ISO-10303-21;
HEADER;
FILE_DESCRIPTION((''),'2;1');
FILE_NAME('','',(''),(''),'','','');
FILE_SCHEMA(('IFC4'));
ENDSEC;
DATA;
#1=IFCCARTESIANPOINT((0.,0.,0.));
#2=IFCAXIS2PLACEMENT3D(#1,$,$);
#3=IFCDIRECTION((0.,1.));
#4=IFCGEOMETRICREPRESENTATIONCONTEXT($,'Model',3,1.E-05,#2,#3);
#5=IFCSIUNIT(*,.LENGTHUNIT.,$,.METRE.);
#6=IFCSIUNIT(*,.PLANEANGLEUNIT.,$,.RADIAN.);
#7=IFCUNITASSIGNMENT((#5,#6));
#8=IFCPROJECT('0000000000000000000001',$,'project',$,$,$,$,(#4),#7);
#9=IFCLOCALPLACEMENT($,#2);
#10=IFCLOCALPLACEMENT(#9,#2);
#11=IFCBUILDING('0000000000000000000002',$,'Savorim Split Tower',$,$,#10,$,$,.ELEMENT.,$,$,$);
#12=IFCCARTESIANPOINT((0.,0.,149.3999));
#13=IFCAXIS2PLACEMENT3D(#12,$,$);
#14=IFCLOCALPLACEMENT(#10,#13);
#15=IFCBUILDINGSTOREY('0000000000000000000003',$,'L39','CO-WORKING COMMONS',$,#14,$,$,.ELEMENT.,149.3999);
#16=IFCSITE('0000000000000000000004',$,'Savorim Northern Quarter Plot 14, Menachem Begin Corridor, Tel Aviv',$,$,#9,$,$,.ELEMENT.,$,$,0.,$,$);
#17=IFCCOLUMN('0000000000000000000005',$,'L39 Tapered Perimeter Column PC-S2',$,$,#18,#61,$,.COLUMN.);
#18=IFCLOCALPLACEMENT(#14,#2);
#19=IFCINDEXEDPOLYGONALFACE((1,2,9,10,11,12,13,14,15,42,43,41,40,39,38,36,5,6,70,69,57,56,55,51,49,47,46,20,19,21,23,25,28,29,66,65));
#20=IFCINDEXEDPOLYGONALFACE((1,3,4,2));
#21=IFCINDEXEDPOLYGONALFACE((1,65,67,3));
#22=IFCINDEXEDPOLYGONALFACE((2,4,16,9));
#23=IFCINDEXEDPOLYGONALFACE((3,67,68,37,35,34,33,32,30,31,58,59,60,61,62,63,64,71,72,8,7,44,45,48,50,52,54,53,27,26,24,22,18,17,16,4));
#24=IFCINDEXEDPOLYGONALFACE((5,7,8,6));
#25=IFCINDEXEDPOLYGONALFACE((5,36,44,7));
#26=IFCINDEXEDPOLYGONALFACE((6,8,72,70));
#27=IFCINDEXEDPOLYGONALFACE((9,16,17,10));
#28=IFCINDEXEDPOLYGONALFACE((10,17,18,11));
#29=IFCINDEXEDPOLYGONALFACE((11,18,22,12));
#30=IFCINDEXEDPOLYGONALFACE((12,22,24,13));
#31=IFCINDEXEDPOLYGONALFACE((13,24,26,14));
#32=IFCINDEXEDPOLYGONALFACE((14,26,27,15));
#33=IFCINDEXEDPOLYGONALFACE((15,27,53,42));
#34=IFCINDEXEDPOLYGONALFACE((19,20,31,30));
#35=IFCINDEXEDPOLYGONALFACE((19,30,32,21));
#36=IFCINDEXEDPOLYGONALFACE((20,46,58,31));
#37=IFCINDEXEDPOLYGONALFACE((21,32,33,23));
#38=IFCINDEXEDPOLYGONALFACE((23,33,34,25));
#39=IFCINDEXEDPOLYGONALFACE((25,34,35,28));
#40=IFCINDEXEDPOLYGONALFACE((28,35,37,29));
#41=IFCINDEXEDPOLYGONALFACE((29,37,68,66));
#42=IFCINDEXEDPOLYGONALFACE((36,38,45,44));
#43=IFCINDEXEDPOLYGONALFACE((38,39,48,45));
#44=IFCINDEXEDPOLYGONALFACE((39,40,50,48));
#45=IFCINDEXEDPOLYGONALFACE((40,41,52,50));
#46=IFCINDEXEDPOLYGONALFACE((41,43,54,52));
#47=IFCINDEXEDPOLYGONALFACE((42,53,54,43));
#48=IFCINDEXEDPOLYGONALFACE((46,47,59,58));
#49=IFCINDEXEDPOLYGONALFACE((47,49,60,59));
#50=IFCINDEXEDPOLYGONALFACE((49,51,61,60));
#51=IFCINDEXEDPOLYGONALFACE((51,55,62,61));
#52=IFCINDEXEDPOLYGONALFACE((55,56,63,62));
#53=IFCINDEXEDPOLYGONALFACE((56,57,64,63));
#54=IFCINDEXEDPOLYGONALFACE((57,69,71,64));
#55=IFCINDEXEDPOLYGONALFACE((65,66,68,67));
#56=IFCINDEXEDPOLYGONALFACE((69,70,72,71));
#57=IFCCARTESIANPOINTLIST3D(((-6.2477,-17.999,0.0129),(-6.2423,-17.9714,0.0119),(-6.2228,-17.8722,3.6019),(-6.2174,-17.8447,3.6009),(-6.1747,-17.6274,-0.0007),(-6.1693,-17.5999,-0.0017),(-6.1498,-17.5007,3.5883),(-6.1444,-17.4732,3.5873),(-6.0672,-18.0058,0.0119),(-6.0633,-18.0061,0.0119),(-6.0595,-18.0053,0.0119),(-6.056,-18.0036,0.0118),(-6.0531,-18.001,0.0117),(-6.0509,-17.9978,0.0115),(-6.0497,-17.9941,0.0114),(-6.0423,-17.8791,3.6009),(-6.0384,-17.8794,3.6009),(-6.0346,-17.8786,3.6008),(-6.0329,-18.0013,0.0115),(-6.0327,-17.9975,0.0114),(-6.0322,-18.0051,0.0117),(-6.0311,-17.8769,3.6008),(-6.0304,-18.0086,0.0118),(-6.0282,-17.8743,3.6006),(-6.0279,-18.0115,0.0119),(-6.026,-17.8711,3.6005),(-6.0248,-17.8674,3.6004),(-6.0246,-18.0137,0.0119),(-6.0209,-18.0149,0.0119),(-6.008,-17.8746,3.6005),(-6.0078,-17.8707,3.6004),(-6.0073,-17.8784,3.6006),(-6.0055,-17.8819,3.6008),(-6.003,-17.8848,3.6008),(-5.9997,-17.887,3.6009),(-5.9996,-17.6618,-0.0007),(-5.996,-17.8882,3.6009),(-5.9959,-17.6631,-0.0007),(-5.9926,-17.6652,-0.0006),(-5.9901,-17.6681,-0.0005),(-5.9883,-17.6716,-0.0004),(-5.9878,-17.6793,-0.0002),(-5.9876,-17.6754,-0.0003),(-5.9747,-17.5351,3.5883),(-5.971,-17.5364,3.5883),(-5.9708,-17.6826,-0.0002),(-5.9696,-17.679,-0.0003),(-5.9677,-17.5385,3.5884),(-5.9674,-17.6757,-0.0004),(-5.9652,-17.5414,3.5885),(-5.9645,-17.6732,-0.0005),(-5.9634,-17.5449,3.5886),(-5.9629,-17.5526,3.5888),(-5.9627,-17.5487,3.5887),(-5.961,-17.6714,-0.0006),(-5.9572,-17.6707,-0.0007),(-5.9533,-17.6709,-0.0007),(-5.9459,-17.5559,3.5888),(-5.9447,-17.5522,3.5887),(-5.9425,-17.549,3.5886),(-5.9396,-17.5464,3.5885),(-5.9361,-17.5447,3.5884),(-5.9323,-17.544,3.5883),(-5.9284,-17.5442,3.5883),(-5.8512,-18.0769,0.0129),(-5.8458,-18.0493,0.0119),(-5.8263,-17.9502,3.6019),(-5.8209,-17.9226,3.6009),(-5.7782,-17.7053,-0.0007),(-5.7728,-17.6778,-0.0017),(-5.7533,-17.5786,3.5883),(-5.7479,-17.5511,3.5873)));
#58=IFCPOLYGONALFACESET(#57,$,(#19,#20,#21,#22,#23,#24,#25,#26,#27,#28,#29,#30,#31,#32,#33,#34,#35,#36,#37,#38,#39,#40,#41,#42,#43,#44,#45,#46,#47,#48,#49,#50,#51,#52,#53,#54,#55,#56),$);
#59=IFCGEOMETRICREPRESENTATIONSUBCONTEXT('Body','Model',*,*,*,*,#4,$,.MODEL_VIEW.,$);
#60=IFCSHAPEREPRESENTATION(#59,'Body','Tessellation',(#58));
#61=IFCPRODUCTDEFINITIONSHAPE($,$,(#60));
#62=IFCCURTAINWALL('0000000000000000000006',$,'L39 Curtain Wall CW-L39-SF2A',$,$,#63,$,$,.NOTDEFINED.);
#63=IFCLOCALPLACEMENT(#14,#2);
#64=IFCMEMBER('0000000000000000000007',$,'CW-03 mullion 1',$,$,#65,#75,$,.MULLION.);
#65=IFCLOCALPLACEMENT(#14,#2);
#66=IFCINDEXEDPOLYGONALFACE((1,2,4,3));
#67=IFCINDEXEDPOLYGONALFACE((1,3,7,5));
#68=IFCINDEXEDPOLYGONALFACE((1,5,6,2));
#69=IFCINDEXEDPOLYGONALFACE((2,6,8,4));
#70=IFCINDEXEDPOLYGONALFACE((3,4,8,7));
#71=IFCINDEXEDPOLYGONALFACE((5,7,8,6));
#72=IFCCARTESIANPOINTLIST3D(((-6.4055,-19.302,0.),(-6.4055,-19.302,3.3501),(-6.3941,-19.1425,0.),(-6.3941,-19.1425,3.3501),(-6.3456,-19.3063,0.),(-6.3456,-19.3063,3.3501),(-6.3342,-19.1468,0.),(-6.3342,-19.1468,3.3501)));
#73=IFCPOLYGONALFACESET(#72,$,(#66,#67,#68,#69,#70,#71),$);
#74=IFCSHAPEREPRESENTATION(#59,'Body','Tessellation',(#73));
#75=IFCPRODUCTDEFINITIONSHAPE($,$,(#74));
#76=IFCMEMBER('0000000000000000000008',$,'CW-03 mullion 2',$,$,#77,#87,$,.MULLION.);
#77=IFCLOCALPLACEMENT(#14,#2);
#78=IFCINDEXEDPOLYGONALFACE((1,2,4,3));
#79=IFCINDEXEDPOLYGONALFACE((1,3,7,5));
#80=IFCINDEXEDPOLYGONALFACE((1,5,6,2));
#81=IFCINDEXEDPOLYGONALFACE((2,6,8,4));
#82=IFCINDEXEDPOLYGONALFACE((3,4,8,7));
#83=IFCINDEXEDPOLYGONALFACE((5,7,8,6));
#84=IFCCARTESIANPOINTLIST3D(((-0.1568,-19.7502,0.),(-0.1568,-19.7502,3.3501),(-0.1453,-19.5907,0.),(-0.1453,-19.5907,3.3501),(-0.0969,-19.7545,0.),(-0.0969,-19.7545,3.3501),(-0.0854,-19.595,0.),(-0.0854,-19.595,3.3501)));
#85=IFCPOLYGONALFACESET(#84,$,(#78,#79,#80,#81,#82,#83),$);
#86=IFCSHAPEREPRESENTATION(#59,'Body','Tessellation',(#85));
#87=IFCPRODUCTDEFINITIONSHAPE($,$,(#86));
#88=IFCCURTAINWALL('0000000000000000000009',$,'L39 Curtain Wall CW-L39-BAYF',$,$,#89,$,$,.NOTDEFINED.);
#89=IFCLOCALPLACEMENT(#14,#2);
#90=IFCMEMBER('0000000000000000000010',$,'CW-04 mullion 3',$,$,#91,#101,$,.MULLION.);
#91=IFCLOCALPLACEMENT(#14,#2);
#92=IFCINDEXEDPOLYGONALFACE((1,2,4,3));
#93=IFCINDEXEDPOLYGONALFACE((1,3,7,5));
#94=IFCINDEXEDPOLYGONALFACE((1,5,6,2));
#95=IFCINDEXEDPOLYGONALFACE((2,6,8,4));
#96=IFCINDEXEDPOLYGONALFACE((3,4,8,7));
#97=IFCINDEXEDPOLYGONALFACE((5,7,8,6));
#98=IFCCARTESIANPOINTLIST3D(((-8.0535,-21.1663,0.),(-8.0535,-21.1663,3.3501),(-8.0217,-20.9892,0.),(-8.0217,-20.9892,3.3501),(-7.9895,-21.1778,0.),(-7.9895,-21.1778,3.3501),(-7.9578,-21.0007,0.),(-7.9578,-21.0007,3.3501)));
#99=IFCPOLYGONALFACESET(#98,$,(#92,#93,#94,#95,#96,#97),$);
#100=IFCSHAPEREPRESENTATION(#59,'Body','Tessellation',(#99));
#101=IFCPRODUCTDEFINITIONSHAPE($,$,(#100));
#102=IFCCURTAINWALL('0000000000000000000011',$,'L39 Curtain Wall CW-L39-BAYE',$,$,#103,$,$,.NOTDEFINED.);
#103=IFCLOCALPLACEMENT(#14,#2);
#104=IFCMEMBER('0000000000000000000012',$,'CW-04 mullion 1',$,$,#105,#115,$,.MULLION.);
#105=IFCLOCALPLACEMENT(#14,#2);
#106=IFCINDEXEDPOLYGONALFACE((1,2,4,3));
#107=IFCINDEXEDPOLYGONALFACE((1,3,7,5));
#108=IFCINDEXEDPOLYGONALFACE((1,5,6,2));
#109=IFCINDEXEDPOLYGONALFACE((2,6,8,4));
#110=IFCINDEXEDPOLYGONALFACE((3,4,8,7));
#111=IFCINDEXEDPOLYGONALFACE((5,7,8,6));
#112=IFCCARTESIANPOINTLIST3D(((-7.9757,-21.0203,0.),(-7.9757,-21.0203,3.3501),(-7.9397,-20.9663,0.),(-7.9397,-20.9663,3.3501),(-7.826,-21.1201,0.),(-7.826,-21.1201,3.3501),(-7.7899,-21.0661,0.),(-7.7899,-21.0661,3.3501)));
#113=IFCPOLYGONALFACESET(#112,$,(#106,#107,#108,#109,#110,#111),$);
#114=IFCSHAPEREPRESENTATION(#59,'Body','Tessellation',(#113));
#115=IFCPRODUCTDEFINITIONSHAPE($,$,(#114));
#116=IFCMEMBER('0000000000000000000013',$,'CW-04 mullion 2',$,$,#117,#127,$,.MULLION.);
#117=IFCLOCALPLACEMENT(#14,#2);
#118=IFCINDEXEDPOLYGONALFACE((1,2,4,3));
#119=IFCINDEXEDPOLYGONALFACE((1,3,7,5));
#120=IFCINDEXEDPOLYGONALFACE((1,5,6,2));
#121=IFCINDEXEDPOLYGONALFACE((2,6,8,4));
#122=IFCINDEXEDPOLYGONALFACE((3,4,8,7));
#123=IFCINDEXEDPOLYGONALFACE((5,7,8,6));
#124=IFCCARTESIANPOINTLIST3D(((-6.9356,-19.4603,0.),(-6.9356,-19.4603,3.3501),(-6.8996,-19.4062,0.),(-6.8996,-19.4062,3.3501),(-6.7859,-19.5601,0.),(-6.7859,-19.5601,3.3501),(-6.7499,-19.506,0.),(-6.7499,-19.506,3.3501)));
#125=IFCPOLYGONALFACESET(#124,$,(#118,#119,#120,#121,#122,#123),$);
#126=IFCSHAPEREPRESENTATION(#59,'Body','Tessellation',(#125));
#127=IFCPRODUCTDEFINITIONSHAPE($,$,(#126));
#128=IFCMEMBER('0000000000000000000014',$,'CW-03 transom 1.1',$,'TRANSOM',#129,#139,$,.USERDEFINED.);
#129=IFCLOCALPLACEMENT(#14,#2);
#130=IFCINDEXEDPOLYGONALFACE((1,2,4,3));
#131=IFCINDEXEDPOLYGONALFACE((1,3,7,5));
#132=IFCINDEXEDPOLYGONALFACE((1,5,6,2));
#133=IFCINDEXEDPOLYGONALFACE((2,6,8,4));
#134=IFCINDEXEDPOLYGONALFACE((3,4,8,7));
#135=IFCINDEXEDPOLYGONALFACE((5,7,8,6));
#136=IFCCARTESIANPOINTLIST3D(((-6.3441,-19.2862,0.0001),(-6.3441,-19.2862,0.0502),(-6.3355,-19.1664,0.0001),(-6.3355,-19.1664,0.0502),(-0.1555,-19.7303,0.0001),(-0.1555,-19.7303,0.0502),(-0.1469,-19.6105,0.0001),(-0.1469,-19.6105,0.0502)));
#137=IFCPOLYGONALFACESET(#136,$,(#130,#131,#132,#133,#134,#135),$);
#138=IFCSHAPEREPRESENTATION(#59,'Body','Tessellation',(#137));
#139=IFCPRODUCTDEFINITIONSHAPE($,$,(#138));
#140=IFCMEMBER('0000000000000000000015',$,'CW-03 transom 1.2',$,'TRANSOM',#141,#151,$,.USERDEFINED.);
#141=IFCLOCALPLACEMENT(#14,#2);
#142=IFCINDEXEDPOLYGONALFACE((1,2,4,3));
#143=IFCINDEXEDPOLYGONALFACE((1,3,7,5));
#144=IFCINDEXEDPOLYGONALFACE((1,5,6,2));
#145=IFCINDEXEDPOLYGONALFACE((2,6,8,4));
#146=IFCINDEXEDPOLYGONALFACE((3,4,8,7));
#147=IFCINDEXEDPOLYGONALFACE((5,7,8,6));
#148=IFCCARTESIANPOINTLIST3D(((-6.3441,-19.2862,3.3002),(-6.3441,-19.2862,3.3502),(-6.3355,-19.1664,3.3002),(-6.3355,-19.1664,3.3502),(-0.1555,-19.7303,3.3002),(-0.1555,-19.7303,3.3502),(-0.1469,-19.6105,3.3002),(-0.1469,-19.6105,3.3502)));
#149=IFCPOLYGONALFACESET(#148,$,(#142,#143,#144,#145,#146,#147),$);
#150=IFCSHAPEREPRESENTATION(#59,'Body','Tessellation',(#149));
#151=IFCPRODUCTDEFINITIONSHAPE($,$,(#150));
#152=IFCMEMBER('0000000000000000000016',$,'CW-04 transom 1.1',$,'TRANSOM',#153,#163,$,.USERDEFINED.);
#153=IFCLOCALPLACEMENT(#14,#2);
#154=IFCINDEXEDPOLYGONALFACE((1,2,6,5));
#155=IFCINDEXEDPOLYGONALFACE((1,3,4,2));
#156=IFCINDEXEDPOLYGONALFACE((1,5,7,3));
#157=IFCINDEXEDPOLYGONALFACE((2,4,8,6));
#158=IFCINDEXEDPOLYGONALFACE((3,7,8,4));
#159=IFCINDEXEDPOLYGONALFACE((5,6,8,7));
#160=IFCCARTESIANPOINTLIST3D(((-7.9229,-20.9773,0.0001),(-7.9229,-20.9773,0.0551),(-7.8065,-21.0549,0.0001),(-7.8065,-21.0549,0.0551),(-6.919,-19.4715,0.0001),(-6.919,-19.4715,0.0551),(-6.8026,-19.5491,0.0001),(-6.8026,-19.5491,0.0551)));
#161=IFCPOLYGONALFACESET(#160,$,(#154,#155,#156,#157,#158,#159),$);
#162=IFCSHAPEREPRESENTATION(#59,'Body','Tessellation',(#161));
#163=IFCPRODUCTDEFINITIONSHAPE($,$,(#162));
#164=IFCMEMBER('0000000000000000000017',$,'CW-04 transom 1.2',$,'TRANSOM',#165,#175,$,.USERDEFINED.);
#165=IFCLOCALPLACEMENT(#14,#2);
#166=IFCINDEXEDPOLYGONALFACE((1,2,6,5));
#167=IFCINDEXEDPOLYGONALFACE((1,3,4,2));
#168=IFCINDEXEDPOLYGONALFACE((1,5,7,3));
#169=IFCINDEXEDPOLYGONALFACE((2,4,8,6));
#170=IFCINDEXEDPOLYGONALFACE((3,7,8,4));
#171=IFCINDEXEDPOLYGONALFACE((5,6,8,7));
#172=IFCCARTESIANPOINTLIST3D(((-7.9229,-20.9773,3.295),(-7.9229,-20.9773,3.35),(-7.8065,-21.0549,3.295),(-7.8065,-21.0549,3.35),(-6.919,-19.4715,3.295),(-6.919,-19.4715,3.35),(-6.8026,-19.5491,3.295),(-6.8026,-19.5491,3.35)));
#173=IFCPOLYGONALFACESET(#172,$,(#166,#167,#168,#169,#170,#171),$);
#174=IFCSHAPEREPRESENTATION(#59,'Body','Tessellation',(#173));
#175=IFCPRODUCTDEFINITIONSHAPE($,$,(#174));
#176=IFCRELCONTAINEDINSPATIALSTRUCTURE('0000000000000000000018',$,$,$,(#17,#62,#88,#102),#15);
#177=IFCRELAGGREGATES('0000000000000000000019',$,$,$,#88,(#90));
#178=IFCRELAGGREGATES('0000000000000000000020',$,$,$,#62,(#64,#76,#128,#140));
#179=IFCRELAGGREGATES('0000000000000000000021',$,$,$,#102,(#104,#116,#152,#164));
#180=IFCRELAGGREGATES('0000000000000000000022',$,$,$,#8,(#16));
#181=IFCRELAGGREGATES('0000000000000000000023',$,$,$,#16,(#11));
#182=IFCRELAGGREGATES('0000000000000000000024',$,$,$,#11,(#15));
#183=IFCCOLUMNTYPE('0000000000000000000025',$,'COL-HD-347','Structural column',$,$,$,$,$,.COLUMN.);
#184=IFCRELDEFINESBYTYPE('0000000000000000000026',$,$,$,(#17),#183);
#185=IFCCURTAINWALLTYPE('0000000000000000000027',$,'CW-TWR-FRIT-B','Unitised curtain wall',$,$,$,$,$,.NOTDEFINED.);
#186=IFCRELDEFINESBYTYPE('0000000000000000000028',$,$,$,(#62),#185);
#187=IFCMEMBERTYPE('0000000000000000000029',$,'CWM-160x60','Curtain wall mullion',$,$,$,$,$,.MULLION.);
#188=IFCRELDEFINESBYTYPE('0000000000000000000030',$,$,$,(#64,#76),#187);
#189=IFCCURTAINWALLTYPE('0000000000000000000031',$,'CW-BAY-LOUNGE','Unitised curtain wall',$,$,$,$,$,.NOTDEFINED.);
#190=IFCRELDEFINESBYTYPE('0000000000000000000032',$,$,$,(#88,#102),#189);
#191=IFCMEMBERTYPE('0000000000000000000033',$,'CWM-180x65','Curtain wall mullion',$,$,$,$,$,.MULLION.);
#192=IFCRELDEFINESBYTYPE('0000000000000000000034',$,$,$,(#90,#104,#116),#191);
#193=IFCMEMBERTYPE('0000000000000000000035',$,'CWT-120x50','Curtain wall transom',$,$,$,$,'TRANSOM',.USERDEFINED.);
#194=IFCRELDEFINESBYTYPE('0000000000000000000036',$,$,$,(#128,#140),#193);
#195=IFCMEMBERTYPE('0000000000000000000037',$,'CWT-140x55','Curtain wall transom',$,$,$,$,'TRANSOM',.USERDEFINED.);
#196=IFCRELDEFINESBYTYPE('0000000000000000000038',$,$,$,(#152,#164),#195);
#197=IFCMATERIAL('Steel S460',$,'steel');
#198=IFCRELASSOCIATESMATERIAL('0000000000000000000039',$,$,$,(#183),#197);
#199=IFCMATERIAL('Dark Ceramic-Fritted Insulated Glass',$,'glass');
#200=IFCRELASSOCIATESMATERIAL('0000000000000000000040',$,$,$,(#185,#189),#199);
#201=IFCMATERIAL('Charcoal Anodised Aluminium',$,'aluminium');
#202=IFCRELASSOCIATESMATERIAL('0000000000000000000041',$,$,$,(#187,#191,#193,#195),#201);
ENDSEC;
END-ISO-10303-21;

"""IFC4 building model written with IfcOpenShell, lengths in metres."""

from ifc_helpers import new_model, si_unit, direction, frame, origin, origin_2d, place, context, subcontext, project, spatial, rectangle, i_section, extrude, material, material_profile, profile_set, type_object, element, aggregate, save


model = new_model("IFC4")

# Units and contexts
model_context = context("Model", 3, precision=1e-05, world=origin(), true_north=direction((0.0, 1.0)))
body_context = subcontext(model_context, "Body", "Model", "MODEL_VIEW")
ifc_project = project(units=[si_unit("LENGTHUNIT", "METRE"), si_unit("PLANEANGLEUNIT", "RADIAN")], contexts=[model_context])

# Site, building, storey
site_placement = place(None, origin())
site = spatial("IfcSite", under=ifc_project, at=site_placement, Name="Savorim Northern Quarter Plot 14, Menachem Begin Corridor, Tel Aviv", CompositionType="ELEMENT", RefElevation=0.0)
building_placement = place(site_placement, origin())
building = spatial("IfcBuilding", under=site, at=building_placement, Name="Savorim Split Tower", CompositionType="ELEMENT")
storey_placement = place(building_placement, frame((0.0, 0.0, 149.3999)))
storey = spatial("IfcBuildingStorey", under=building, at=storey_placement, Name="L39", Description="CO-WORKING COMMONS", CompositionType="ELEMENT", Elevation=149.3999)

# Column
ifc_material_1 = material(Name="Steel S460", Category="steel")
ifc_material_profile_1 = material_profile(ifc_material_1, i_section(OverallWidth=0.4041, OverallDepth=0.407, WebThickness=0.0173, FlangeThickness=0.0281, FilletRadius=0.0149, at=origin_2d()), Name="HD 400x347")
ifc_profile_set_1 = profile_set([ifc_material_profile_1], Name="Steel S460")
column_type = type_object("IfcColumnType", Name="COL-HD-347", Description="Structural column", PredefinedType="COLUMN", material=ifc_profile_set_1)
column_placement = place(storey_placement, frame((-6.0103, -17.8384, 0.0056), z_axis=(0.006934, 0.035283, 0.999353), x_axis=(-0.98123, 0.192843, 0.0)))
element("IfcColumn", 1, at=column_placement, inside=storey, type_object=column_type, Name="L39 Tapered Perimeter Column PC-S2", PredefinedType="COLUMN", context=body_context, shape_type="SweptSolid", body=[
    extrude(i_section(OverallWidth=0.4041, OverallDepth=0.407, WebThickness=0.0173, FlangeThickness=0.0281, FilletRadius=0.0149, at=origin_2d()), origin(), (0.0, 0.0, 1.0), 3.5913),
])

# Curtain wall, members
ifc_material_2 = material(Name="Dark Ceramic-Fritted Insulated Glass", Category="glass")
curtain_wall_type_1 = type_object("IfcCurtainWallType", Name="CW-TWR-FRIT-B", Description="Unitised curtain wall", PredefinedType="NOTDEFINED", material=ifc_material_2)
curtain_wall_1_placement = place(storey_placement, origin())
curtain_wall_1 = element("IfcCurtainWall", 2, at=curtain_wall_1_placement, inside=storey, type_object=curtain_wall_type_1, Name="L39 Curtain Wall CW-L39-SF2A", PredefinedType="NOTDEFINED")
ifc_material_3 = material(Name="Charcoal Anodised Aluminium", Category="aluminium")
ifc_material_profile_2 = material_profile(ifc_material_3, rectangle(XDim=0.1599, YDim=0.0601, at=origin_2d()), Name="ALU-M 160x60")
ifc_profile_set_2 = profile_set([ifc_material_profile_2], Name="Charcoal Anodised Aluminium")
member_type_1 = type_object("IfcMemberType", Name="CWM-160x60", Description="Curtain wall mullion", PredefinedType="MULLION", material=ifc_profile_set_2)
member_1_placement = place(storey_placement, frame((-6.3699, -19.2244, 0.0), z_axis=(0.0, 0.0, 1.0), x_axis=(0.071576, 0.997435, 0.0)))
member_1 = element("IfcMember", 3, at=member_1_placement, type_object=member_type_1, Name="CW-03 mullion 1", PredefinedType="MULLION", context=body_context, shape_type="SweptSolid", body=[
    extrude(rectangle(XDim=0.1599, YDim=0.0601, at=origin_2d()), origin(), (0.0, 0.0, 1.0), 3.3501),
])
member_2_placement = place(storey_placement, frame((-0.1211, -19.6726, 0.0), z_axis=(0.0, 0.0, 1.0), x_axis=(0.071576, 0.997435, 0.0)))
member_2 = element("IfcMember", 4, at=member_2_placement, type_object=member_type_1, Name="CW-03 mullion 2", PredefinedType="MULLION", context=body_context, shape_type="SweptSolid", body=[
    extrude(rectangle(XDim=0.1599, YDim=0.0601, at=origin_2d()), origin(), (0.0, 0.0, 1.0), 3.3501),
])

# Curtain wall, member
curtain_wall_type_2 = type_object("IfcCurtainWallType", Name="CW-BAY-LOUNGE", Description="Unitised curtain wall", PredefinedType="NOTDEFINED", material=ifc_material_2)
curtain_wall_2_placement = place(storey_placement, origin())
curtain_wall_2 = element("IfcCurtainWall", 5, at=curtain_wall_2_placement, inside=storey, type_object=curtain_wall_type_2, Name="L39 Curtain Wall CW-L39-BAYF", PredefinedType="NOTDEFINED")
ifc_material_profile_3 = material_profile(ifc_material_3, rectangle(XDim=0.1799, YDim=0.0649, at=origin_2d()), Name="ALU-M 180x65")
ifc_profile_set_3 = profile_set([ifc_material_profile_3], Name="Charcoal Anodised Aluminium")
member_type_2 = type_object("IfcMemberType", Name="CWM-180x65", Description="Curtain wall mullion", PredefinedType="MULLION", material=ifc_profile_set_3)
member_3_placement = place(storey_placement, frame((-8.0056, -21.0835, 0.0), z_axis=(0.0, 0.0, 1.0), x_axis=(0.176476, 0.984305, 0.0)))
member_3 = element("IfcMember", 6, at=member_3_placement, type_object=member_type_2, Name="CW-04 mullion 3", PredefinedType="MULLION", context=body_context, shape_type="SweptSolid", body=[
    extrude(rectangle(XDim=0.1799, YDim=0.0649, at=origin_2d()), origin(), (0.0, 0.0, 1.0), 3.3501),
])
aggregate(curtain_wall_2, [member_3])

# Curtain wall, members
curtain_wall_3_placement = place(storey_placement, origin())
curtain_wall_3 = element("IfcCurtainWall", 7, at=curtain_wall_3_placement, inside=storey, type_object=curtain_wall_type_2, Name="L39 Curtain Wall CW-L39-BAYE", PredefinedType="NOTDEFINED")
member_4_placement = place(storey_placement, frame((-7.8828, -21.0432, 0.0), z_axis=(0.0, 0.0, 1.0), x_axis=(-0.832042, 0.554712, 0.0)))
member_4 = element("IfcMember", 8, at=member_4_placement, type_object=member_type_2, Name="CW-04 mullion 1", PredefinedType="MULLION", context=body_context, shape_type="SweptSolid", body=[
    extrude(rectangle(XDim=0.1799, YDim=0.0649, at=origin_2d()), origin(), (0.0, 0.0, 1.0), 3.3501),
])
member_5_placement = place(storey_placement, frame((-6.8428, -19.4832, 0.0), z_axis=(0.0, 0.0, 1.0), x_axis=(-0.832042, 0.554712, 0.0)))
member_5 = element("IfcMember", 9, at=member_5_placement, type_object=member_type_2, Name="CW-04 mullion 2", PredefinedType="MULLION", context=body_context, shape_type="SweptSolid", body=[
    extrude(rectangle(XDim=0.1799, YDim=0.0649, at=origin_2d()), origin(), (0.0, 0.0, 1.0), 3.3501),
])

# Members
ifc_material_profile_4 = material_profile(ifc_material_3, rectangle(XDim=0.1201, YDim=0.05, at=origin_2d()), Name="ALU-T 120x50")
ifc_profile_set_4 = profile_set([ifc_material_profile_4], Name="Charcoal Anodised Aluminium")
member_type_3 = type_object("IfcMemberType", Name="CWT-120x50", Description="Curtain wall transom", ElementType="TRANSOM", PredefinedType="USERDEFINED", material=ifc_profile_set_4)
member_6_placement = place(storey_placement, frame((-6.3398, -19.2263, 0.0251), z_axis=(0.997435, -0.071574, 0.0), x_axis=(0.071574, 0.997435, 0.0)))
member_6 = element("IfcMember", 10, at=member_6_placement, type_object=member_type_3, Name="CW-03 transom 1.1", ObjectType="TRANSOM", PredefinedType="USERDEFINED", context=body_context, shape_type="SweptSolid", body=[
    extrude(rectangle(XDim=0.1201, YDim=0.05, at=origin_2d()), origin(), (0.0, 0.0, 1.0), 6.2046),
])
member_7_placement = place(storey_placement, frame((-6.3398, -19.2263, 3.3252), z_axis=(0.997435, -0.071574, 0.0), x_axis=(0.071574, 0.997435, 0.0)))
member_7 = element("IfcMember", 11, at=member_7_placement, type_object=member_type_3, Name="CW-03 transom 1.2", ObjectType="TRANSOM", PredefinedType="USERDEFINED", context=body_context, shape_type="SweptSolid", body=[
    extrude(rectangle(XDim=0.1201, YDim=0.05, at=origin_2d()), origin(), (0.0, 0.0, 1.0), 6.2046),
])
ifc_material_profile_5 = material_profile(ifc_material_3, rectangle(XDim=0.1399, YDim=0.0549, at=origin_2d()), Name="ALU-T 140x55")
ifc_profile_set_5 = profile_set([ifc_material_profile_5], Name="Charcoal Anodised Aluminium")
member_type_4 = type_object("IfcMemberType", Name="CWT-140x55", Description="Curtain wall transom", ElementType="TRANSOM", PredefinedType="USERDEFINED", material=ifc_profile_set_5)
member_8_placement = place(storey_placement, frame((-7.8647, -21.0161, 0.0276), z_axis=(0.5547, 0.83205, 0.0), x_axis=(-0.83205, 0.5547, 0.0)))
member_8 = element("IfcMember", 12, at=member_8_placement, type_object=member_type_4, Name="CW-04 transom 1.1", ObjectType="TRANSOM", PredefinedType="USERDEFINED", context=body_context, shape_type="SweptSolid", body=[
    extrude(rectangle(XDim=0.1399, YDim=0.0549, at=origin_2d()), origin(), (0.0, 0.0, 1.0), 1.8098),
])
member_9_placement = place(storey_placement, frame((-7.8647, -21.0161, 3.3225), z_axis=(0.5547, 0.83205, 0.0), x_axis=(-0.83205, 0.5547, 0.0)))
member_9 = element("IfcMember", 13, at=member_9_placement, type_object=member_type_4, Name="CW-04 transom 1.2", ObjectType="TRANSOM", PredefinedType="USERDEFINED", context=body_context, shape_type="SweptSolid", body=[
    extrude(rectangle(XDim=0.1399, YDim=0.0549, at=origin_2d()), origin(), (0.0, 0.0, 1.0), 1.8098),
])

aggregate(curtain_wall_1, [member_1, member_2, member_6, member_7])
aggregate(curtain_wall_3, [member_4, member_5, member_8, member_9])

save(model, "model.ifc")
